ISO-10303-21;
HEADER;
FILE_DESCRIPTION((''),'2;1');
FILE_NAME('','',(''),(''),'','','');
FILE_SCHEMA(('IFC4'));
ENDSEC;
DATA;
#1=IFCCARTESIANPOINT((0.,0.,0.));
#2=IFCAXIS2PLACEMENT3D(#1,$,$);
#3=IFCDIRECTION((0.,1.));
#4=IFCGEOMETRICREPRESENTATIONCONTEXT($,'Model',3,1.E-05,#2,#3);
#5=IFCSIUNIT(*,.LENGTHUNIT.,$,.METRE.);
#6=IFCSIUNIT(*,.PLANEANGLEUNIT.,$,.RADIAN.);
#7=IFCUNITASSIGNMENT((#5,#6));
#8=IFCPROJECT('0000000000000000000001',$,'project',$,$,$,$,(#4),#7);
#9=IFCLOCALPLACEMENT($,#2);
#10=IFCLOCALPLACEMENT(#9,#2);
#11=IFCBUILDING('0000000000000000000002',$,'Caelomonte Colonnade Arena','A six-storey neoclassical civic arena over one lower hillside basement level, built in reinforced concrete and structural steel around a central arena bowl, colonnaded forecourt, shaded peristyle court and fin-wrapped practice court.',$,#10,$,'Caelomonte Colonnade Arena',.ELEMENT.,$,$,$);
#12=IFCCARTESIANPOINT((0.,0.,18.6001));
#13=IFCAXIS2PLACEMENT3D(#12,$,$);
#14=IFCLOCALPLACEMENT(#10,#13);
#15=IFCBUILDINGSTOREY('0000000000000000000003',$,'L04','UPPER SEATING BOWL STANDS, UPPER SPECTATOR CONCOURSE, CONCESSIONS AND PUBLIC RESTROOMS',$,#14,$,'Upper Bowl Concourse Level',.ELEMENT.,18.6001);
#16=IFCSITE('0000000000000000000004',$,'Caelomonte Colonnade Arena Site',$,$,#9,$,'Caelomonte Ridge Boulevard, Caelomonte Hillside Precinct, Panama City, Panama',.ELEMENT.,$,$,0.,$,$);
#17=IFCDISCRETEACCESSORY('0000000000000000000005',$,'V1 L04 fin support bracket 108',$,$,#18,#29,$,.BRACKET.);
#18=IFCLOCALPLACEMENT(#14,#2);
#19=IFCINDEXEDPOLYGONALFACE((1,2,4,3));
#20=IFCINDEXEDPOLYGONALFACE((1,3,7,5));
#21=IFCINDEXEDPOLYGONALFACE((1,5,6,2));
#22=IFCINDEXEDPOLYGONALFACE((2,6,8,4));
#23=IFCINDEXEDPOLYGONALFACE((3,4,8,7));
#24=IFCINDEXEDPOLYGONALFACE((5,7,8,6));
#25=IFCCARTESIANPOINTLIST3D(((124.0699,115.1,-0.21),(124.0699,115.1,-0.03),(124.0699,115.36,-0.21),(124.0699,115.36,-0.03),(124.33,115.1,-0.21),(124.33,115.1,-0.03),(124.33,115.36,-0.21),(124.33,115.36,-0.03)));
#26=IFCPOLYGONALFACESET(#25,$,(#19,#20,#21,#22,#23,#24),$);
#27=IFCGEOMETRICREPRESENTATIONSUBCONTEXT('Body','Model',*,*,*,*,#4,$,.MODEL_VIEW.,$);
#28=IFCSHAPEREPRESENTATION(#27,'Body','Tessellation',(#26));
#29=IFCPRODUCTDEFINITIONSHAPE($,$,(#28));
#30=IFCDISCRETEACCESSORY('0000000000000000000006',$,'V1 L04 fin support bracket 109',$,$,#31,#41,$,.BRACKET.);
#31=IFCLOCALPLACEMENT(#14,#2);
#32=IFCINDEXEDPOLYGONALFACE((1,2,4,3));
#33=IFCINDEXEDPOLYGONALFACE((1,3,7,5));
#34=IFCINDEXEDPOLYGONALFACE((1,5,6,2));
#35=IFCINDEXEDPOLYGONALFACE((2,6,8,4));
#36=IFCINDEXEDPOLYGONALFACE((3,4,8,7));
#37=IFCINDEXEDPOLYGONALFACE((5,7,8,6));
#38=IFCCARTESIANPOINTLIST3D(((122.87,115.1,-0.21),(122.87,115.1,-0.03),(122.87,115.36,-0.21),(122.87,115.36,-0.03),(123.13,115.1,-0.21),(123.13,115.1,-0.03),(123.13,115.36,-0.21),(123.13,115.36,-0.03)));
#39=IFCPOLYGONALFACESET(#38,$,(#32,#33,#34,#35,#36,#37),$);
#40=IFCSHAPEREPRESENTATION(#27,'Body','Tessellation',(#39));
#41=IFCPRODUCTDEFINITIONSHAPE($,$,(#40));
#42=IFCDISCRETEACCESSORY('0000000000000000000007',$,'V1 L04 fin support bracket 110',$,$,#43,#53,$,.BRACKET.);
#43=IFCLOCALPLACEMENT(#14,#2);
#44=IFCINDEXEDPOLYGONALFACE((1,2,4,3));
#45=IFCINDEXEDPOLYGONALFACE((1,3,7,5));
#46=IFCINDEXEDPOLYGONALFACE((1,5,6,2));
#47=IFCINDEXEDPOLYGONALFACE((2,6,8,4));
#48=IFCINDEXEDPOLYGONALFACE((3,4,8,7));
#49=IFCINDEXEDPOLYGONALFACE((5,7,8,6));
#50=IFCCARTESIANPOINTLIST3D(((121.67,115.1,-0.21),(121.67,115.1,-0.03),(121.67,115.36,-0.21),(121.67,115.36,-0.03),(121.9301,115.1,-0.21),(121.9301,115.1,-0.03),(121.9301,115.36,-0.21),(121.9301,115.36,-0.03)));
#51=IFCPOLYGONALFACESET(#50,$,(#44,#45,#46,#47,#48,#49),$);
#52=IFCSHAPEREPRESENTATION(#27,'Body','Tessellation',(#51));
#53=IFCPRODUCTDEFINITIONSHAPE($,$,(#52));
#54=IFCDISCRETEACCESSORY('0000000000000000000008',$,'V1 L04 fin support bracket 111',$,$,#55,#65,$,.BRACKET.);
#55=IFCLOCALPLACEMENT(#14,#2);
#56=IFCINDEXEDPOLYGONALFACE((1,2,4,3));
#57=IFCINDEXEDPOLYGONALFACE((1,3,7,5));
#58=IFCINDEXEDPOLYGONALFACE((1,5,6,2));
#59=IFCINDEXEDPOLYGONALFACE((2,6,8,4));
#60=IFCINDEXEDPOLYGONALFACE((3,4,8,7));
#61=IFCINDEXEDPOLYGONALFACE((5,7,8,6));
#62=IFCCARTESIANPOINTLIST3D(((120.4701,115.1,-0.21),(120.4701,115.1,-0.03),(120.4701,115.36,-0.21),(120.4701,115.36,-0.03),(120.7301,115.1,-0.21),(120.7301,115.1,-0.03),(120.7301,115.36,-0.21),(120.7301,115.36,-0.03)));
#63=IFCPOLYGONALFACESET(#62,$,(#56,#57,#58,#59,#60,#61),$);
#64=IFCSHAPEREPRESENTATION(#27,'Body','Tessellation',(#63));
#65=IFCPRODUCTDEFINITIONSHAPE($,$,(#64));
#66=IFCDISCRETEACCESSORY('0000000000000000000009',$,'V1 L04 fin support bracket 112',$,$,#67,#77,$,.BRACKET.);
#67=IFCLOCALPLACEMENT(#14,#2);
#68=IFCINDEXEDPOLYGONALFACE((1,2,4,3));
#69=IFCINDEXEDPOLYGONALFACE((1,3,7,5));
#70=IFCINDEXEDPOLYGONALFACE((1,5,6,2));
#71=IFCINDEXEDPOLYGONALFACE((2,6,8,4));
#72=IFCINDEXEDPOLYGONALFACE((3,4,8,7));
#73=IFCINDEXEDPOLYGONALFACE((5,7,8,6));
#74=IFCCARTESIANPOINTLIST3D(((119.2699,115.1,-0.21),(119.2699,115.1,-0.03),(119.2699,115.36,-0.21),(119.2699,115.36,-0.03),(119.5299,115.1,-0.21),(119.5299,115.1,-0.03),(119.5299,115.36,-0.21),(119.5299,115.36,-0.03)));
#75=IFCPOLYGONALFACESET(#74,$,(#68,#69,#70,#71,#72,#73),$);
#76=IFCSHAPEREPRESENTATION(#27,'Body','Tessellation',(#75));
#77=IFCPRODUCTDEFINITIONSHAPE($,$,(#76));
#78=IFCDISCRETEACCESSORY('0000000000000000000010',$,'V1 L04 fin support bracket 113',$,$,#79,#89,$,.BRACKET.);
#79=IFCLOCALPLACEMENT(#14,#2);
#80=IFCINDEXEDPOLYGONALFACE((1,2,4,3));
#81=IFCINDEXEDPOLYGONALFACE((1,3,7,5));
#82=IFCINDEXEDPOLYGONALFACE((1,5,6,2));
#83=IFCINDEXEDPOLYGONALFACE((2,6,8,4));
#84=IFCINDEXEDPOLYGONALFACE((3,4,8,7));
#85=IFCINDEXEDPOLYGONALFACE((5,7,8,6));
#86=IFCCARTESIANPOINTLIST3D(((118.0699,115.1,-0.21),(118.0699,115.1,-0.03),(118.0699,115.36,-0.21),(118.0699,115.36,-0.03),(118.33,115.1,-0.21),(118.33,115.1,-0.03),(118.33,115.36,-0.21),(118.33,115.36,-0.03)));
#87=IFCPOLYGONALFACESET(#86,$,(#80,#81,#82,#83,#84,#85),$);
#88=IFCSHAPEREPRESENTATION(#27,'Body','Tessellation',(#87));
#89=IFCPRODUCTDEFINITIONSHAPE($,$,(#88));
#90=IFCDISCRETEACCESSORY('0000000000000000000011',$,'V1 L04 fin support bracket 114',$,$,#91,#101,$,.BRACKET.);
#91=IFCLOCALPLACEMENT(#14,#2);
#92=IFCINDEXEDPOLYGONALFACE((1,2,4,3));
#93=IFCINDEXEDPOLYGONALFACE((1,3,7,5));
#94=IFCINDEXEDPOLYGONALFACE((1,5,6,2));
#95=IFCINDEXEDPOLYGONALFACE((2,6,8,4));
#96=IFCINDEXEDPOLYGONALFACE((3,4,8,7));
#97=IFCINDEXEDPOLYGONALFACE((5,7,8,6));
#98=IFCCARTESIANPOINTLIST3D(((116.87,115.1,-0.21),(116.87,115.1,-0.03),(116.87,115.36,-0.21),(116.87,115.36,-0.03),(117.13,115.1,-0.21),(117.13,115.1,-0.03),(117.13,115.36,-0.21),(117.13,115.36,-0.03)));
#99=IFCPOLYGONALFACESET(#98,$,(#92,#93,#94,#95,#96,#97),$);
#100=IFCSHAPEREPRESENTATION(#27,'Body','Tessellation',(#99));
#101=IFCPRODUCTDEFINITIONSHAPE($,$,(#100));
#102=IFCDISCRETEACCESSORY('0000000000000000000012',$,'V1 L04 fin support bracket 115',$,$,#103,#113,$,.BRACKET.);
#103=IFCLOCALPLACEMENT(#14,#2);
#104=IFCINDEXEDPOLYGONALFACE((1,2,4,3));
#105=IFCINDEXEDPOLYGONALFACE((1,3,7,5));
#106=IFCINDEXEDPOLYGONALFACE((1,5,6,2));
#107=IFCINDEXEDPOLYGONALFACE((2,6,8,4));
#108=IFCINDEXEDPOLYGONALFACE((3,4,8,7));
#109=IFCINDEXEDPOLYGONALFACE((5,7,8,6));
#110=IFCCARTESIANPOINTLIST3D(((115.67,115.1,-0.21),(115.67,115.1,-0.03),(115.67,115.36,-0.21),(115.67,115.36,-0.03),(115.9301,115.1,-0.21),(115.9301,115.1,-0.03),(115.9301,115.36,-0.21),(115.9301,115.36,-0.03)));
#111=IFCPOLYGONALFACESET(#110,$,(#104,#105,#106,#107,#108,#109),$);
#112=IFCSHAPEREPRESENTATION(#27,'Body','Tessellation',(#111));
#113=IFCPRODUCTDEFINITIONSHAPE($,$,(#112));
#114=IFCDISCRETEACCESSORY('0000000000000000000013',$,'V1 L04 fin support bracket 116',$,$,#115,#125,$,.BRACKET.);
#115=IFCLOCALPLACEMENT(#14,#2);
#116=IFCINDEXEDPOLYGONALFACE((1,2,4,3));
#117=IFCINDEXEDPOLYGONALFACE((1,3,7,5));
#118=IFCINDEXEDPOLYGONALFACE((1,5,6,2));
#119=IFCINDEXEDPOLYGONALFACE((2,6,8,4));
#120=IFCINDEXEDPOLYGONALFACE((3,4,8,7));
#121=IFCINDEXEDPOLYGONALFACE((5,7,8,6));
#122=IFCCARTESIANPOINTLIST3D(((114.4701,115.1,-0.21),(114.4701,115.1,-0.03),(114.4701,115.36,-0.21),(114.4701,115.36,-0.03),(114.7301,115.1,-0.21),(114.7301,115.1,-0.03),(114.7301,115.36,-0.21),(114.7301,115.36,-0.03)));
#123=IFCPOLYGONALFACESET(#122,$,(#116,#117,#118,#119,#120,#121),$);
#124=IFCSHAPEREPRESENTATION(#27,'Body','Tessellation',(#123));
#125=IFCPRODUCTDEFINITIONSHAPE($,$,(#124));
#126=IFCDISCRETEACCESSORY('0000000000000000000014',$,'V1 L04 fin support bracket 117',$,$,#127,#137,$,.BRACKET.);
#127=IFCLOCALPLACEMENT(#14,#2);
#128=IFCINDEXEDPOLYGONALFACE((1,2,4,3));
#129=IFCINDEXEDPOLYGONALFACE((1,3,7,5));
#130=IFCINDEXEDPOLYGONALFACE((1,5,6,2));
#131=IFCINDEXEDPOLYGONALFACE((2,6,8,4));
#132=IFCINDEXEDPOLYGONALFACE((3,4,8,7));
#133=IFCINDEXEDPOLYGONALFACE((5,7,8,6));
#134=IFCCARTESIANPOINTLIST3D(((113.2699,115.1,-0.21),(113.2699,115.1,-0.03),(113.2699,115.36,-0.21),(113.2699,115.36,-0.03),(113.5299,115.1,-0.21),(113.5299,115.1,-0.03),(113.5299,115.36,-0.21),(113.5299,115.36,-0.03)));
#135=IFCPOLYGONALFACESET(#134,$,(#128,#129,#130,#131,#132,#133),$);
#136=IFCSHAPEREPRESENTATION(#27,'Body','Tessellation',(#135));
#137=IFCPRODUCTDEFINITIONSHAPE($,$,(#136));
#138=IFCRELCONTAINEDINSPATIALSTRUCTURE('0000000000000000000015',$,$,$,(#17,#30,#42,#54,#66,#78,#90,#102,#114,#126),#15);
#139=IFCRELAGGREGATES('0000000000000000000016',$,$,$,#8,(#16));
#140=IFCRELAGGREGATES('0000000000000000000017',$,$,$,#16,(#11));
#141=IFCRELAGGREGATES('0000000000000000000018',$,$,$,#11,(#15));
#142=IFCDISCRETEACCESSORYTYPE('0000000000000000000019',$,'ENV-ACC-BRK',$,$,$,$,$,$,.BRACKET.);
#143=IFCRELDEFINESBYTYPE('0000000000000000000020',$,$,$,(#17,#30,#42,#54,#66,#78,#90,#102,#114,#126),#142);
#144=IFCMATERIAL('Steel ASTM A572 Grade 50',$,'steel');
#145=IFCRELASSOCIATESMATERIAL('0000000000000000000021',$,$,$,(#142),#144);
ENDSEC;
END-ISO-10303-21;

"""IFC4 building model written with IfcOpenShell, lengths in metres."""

from ifc_helpers import new_model, si_unit, direction, frame, origin, origin_2d, place, context, subcontext, project, spatial, rectangle, extrude, material, type_object, element, save


model = new_model("IFC4")

# Units and contexts
model_context = context("Model", 3, precision=1e-05, world=origin(), true_north=direction((0.0, 1.0)))
body_context = subcontext(model_context, "Body", "Model", "MODEL_VIEW")
ifc_project = project(units=[si_unit("LENGTHUNIT", "METRE"), si_unit("PLANEANGLEUNIT", "RADIAN")], contexts=[model_context])

# Site, building, storey
site_placement = place(None, origin())
site = spatial("IfcSite", under=ifc_project, at=site_placement, Name="Caelomonte Colonnade Arena Site", LongName="Caelomonte Ridge Boulevard, Caelomonte Hillside Precinct, Panama City, Panama", CompositionType="ELEMENT", RefElevation=0.0)
building_placement = place(site_placement, origin())
building = spatial("IfcBuilding", under=site, at=building_placement, Name="Caelomonte Colonnade Arena", Description="A six-storey neoclassical civic arena over one lower hillside basement level, built in reinforced concrete and structural steel around a central arena bowl, colonnaded forecourt, shaded peristyle court and fin-wrapped practice court.", LongName="Caelomonte Colonnade Arena", CompositionType="ELEMENT")
storey_placement = place(building_placement, frame((0.0, 0.0, 18.6001)))
storey = spatial("IfcBuildingStorey", under=building, at=storey_placement, Name="L04", Description="UPPER SEATING BOWL STANDS, UPPER SPECTATOR CONCOURSE, CONCESSIONS AND PUBLIC RESTROOMS", LongName="Upper Bowl Concourse Level", CompositionType="ELEMENT", Elevation=18.6001)

# Discrete accessories
ifc_material_1 = material(Name="Steel ASTM A572 Grade 50", Category="steel")
discrete_accessory_type = type_object("IfcDiscreteAccessoryType", Name="ENV-ACC-BRK", PredefinedType="BRACKET", material=ifc_material_1)
for number, where, z_axis, x_axis, name in (
    (1, (124.2, 115.23, -0.21), (0.0, 0.0, 1.0), (-1.0, 0.0, 0.0), "V1 L04 fin support bracket 108"),
    (2, (123.0, 115.23, -0.21), (0.0, 0.0, 1.0), (-1.0, 0.0, 0.0), "V1 L04 fin support bracket 109"),
    (3, (121.8, 115.23, -0.21), (0.0, 0.0, 1.0), (-1.0, 0.0, 0.0), "V1 L04 fin support bracket 110"),
    (4, (120.6001, 115.23, -0.21), (0.0, 0.0, 1.0), (-1.0, 0.0, 0.0), "V1 L04 fin support bracket 111"),
    (5, (119.3999, 115.23, -0.21), (0.0, 0.0, 1.0), (-1.0, 0.0, 0.0), "V1 L04 fin support bracket 112"),
    (6, (118.2, 115.23, -0.21), (0.0, 0.0, 1.0), (-1.0, 0.0, 0.0), "V1 L04 fin support bracket 113"),
    (7, (117.0, 115.23, -0.21), (0.0, 0.0, 1.0), (-1.0, 0.0, 0.0), "V1 L04 fin support bracket 114"),
    (8, (115.8, 115.23, -0.21), (0.0, 0.0, 1.0), (-1.0, 0.0, 0.0), "V1 L04 fin support bracket 115"),
    (9, (114.6001, 115.23, -0.21), (0.0, 0.0, 1.0), (-1.0, 0.0, 0.0), "V1 L04 fin support bracket 116"),
    (10, (113.3999, 115.23, -0.21), (0.0, 0.0, 1.0), (-1.0, 0.0, 0.0), "V1 L04 fin support bracket 117"),
):
    element("IfcDiscreteAccessory", number, at=place(storey_placement, frame(where, z_axis=z_axis, x_axis=x_axis)), inside=storey, type_object=discrete_accessory_type, Name=name, PredefinedType="BRACKET", context=body_context, shape_type="SweptSolid", body=[
        extrude(rectangle(XDim=0.26, YDim=0.26, at=origin_2d()), origin(), (0.0, 0.0, 1.0), 0.1799),
    ])

save(model, "model.ifc")
